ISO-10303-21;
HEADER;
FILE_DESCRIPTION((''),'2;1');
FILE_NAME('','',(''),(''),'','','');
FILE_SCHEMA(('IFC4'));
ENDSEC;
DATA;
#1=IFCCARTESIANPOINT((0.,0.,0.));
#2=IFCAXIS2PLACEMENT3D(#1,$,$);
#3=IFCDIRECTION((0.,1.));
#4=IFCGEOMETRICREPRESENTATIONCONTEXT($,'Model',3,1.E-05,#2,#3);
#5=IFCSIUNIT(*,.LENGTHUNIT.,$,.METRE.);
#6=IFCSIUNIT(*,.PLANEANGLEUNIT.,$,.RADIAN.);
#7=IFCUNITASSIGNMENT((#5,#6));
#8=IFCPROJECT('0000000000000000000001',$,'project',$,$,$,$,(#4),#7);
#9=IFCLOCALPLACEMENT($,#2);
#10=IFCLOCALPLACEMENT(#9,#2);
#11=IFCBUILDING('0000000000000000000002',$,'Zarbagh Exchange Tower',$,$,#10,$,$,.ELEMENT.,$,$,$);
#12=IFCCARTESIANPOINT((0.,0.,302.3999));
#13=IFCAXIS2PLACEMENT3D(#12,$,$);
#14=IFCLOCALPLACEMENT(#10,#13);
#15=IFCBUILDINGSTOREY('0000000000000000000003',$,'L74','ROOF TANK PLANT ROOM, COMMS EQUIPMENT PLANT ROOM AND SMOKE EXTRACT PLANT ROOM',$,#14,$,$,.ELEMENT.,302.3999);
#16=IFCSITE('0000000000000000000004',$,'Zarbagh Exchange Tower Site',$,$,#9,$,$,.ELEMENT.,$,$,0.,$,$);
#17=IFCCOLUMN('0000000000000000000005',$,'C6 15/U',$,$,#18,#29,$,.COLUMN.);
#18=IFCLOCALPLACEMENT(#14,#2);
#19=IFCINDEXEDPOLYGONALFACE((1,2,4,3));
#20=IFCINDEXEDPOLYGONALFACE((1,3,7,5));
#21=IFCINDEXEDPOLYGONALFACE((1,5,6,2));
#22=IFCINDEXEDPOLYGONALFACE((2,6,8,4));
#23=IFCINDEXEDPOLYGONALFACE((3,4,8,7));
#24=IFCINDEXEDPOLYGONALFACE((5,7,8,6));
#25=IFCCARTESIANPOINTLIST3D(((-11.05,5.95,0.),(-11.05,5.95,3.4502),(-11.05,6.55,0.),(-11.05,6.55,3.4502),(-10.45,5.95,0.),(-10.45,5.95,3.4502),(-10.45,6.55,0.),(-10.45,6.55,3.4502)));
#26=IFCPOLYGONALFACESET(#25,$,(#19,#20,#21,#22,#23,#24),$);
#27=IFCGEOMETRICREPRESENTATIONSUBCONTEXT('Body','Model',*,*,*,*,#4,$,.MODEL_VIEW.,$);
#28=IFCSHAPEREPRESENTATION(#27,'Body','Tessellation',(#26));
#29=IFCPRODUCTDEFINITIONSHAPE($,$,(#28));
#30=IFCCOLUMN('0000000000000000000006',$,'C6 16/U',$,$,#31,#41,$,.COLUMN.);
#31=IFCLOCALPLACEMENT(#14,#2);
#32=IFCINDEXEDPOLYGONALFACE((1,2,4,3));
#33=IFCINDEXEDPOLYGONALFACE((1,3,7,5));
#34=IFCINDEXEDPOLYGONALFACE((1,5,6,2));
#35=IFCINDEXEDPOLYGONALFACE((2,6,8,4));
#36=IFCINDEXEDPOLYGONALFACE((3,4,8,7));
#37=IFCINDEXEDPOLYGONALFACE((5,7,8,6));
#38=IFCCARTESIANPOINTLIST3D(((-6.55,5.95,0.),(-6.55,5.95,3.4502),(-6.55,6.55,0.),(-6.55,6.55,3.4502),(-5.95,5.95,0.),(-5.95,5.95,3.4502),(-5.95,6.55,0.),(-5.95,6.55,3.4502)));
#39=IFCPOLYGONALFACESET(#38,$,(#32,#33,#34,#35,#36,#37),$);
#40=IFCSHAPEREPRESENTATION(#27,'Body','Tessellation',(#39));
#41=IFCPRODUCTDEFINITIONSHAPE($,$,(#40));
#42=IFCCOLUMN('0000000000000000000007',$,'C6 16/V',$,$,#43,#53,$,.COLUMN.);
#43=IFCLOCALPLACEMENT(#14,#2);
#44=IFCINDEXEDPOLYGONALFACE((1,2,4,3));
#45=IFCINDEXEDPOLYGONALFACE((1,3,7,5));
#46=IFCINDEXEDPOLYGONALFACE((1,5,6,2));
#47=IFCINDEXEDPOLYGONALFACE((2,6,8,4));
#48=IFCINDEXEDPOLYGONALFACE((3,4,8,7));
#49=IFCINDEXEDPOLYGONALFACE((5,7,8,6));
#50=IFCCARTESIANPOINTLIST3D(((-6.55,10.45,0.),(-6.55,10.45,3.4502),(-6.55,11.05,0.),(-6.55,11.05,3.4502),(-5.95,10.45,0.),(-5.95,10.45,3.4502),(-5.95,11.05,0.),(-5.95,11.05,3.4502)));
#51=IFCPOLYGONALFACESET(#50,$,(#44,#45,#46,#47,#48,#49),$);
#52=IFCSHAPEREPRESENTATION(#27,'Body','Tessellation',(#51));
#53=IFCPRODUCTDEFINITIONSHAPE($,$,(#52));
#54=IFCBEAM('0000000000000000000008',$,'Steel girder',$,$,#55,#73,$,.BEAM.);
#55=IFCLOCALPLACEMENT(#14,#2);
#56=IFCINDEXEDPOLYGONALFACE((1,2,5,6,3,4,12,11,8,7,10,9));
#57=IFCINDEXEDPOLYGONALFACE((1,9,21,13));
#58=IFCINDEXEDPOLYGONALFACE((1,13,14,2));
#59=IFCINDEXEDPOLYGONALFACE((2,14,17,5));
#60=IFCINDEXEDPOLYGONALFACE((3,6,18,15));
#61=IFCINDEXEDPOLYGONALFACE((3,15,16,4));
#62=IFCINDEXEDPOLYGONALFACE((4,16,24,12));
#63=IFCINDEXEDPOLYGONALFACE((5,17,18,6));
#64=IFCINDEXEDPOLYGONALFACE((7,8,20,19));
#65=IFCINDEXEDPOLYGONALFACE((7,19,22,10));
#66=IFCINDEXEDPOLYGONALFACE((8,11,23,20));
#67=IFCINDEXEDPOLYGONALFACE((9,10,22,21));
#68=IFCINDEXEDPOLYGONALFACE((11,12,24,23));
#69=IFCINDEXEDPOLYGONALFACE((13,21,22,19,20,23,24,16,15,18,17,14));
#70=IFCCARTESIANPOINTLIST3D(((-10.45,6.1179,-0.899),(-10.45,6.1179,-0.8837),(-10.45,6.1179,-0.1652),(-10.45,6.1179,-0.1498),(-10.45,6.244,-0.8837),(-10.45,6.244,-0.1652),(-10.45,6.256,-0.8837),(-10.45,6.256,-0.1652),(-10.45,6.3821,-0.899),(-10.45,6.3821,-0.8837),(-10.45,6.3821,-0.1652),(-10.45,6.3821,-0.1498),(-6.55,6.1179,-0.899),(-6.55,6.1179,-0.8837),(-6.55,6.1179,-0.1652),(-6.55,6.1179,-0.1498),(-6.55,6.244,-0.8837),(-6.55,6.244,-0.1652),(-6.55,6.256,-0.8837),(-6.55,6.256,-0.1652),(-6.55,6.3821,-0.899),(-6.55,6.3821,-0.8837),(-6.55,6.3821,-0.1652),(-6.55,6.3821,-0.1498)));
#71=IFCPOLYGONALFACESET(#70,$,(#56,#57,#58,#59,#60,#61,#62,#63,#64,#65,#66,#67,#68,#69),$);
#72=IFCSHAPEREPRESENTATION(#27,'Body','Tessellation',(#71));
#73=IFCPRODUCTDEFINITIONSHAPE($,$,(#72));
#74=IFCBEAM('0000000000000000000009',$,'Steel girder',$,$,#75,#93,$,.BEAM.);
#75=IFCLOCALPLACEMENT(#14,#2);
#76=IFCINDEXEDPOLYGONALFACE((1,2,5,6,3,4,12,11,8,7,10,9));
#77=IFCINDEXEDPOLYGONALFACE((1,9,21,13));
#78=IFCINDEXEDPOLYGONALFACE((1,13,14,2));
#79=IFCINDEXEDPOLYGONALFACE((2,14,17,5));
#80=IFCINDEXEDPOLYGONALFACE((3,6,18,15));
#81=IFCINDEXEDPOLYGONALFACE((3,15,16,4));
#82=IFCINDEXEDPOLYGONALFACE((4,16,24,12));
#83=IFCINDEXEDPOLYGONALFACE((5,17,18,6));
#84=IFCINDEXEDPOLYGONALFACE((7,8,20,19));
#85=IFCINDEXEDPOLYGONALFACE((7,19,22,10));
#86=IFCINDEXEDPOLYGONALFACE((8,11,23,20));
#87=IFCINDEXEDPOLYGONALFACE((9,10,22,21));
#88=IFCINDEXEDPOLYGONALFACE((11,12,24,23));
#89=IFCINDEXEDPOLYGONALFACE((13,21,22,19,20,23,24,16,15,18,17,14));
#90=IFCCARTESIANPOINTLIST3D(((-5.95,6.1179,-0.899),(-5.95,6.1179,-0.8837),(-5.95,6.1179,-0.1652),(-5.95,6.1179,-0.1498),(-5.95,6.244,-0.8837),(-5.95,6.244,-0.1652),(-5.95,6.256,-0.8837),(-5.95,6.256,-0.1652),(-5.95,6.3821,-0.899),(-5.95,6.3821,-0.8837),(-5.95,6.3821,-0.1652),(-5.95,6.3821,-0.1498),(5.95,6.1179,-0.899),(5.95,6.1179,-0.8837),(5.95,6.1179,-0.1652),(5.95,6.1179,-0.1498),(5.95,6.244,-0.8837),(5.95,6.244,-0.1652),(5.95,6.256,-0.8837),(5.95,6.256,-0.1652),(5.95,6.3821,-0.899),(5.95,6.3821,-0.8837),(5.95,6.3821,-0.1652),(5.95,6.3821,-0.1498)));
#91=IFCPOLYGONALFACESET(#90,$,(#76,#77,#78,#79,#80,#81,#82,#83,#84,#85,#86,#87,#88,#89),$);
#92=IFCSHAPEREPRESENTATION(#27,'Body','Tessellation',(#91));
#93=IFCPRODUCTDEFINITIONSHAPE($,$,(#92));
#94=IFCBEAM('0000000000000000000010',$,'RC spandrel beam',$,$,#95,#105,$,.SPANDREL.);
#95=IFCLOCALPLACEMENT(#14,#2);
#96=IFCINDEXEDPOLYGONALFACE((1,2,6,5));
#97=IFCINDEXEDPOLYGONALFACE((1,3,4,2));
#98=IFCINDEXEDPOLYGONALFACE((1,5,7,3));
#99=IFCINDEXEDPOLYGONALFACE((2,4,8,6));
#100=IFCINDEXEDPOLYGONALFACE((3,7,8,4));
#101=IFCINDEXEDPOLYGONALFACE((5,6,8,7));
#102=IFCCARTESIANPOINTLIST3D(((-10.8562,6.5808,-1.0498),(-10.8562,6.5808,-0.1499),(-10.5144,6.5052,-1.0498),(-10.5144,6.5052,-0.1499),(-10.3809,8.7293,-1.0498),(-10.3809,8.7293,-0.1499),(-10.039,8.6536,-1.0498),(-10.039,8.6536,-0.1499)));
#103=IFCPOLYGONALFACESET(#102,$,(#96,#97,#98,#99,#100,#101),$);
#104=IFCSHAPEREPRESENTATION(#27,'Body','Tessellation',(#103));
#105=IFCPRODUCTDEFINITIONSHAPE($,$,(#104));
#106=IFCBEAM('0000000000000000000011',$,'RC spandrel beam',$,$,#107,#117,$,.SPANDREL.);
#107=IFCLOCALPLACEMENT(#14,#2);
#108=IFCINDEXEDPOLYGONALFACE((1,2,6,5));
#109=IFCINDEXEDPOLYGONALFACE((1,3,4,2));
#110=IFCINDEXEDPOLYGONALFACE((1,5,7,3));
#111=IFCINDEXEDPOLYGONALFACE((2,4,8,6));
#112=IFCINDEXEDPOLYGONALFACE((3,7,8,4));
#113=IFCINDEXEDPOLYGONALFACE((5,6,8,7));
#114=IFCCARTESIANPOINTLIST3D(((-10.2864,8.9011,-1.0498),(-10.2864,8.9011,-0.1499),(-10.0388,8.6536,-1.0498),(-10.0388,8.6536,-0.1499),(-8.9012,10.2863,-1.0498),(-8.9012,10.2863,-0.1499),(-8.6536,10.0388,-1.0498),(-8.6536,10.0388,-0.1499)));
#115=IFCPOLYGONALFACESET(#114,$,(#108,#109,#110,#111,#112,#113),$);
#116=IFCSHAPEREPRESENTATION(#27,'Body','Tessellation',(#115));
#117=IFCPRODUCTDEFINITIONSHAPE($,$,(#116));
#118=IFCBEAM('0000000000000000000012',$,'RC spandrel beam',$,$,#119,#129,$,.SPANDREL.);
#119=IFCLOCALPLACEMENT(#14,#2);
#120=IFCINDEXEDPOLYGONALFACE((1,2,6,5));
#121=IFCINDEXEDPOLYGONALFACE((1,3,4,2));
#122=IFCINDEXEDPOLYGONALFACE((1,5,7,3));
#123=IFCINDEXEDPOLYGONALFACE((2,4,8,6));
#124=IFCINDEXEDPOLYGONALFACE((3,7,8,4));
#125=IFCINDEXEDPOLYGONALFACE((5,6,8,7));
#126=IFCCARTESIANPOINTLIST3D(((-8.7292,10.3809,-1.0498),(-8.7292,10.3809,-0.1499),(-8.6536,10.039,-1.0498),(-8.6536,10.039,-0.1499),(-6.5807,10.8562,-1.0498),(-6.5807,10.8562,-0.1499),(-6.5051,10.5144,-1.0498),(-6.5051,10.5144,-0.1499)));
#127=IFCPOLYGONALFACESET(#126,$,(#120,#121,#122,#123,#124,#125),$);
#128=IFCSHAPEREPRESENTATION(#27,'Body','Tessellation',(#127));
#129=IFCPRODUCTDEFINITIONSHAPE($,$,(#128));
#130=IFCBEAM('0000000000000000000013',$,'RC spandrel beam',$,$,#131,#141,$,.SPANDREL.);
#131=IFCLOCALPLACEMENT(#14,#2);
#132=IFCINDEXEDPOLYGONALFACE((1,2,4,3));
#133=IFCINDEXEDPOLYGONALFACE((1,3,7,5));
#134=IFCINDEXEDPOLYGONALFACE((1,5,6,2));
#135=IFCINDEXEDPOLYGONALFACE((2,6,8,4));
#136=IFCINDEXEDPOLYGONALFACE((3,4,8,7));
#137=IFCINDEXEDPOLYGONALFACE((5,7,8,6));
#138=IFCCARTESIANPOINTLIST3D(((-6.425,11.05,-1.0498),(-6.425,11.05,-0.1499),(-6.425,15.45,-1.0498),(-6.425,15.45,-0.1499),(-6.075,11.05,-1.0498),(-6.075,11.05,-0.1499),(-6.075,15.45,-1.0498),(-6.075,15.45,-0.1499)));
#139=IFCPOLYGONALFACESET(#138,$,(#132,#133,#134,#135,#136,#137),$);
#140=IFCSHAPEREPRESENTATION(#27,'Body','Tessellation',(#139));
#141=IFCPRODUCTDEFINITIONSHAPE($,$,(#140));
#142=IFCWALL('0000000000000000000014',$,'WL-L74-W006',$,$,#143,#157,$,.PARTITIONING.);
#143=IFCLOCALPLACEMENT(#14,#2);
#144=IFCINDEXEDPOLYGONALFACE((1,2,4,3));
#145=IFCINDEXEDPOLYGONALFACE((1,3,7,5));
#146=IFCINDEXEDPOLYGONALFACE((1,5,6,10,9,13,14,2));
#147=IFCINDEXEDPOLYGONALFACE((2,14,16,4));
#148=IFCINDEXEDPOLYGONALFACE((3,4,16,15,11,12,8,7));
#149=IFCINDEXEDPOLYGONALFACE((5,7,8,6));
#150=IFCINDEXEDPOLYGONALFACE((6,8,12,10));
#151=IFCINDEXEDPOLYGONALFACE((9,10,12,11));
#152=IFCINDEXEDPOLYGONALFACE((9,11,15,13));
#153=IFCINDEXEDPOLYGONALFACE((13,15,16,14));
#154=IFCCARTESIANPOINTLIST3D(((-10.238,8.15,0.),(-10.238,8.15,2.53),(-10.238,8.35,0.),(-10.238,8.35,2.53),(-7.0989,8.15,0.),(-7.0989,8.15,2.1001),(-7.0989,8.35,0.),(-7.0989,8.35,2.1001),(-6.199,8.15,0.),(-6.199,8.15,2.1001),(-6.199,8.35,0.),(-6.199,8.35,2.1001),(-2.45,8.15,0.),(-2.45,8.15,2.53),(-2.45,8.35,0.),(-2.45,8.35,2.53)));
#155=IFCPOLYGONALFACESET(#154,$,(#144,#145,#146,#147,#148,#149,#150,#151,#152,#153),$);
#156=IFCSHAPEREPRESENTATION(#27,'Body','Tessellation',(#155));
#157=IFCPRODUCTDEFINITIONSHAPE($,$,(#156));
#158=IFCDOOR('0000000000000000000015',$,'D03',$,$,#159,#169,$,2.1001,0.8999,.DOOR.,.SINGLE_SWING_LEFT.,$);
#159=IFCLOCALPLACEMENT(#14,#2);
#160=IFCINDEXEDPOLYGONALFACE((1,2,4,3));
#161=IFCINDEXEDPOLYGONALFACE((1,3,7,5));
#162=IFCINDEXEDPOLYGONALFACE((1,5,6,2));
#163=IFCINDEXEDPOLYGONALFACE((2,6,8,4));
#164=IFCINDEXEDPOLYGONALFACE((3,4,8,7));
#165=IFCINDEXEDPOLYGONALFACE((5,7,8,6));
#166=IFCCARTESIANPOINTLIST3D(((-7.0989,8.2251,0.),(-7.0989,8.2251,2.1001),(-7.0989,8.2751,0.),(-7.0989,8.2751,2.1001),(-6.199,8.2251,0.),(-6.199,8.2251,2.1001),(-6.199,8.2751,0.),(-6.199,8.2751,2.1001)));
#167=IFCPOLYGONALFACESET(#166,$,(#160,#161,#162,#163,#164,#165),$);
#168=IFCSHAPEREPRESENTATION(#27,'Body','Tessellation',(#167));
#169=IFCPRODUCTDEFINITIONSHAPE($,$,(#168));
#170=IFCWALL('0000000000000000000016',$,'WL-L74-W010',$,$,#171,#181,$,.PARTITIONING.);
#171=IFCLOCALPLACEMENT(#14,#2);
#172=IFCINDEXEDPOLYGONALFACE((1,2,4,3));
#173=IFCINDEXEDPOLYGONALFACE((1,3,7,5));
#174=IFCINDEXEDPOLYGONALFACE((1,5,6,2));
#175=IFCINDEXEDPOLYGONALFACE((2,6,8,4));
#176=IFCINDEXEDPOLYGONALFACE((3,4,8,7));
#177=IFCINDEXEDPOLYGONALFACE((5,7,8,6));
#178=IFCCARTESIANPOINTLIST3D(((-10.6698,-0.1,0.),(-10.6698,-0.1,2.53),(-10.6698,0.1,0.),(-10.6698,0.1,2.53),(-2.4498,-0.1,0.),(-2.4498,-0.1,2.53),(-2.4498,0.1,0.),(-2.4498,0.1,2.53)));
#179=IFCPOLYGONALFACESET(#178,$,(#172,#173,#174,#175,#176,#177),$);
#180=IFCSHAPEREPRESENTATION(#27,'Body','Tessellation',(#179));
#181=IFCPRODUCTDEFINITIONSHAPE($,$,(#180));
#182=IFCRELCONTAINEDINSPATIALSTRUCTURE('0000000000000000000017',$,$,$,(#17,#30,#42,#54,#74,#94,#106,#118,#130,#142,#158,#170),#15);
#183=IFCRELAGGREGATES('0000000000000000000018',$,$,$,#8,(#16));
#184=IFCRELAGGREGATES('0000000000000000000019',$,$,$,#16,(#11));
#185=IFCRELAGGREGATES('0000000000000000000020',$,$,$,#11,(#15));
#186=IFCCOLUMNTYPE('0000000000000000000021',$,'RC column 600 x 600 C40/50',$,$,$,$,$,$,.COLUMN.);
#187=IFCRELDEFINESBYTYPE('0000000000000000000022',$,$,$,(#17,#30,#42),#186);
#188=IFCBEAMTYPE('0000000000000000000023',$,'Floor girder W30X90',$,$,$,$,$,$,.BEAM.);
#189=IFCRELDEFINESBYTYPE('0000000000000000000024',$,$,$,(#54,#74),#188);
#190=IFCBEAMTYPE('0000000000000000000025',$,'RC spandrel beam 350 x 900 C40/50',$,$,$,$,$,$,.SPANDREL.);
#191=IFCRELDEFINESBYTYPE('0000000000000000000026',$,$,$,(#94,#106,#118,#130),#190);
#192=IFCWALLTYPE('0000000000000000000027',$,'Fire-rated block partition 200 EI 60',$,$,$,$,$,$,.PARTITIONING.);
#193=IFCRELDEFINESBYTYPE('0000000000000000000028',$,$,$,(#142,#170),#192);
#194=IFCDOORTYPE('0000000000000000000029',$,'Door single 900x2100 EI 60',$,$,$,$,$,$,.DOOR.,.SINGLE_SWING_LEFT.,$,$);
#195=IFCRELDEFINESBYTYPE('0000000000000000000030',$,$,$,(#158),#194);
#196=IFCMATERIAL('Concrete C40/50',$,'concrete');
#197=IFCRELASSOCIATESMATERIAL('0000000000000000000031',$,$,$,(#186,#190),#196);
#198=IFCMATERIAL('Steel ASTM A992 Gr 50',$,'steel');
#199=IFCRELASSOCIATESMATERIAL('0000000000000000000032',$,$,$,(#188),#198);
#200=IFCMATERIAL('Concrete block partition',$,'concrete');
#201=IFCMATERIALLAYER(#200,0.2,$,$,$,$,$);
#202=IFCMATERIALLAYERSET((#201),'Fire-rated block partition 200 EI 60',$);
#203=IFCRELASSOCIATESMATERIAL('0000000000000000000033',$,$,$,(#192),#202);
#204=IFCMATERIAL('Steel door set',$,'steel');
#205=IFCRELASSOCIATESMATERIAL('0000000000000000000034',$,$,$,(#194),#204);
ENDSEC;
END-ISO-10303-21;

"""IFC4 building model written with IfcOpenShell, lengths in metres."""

from ifc_helpers import new_model, si_unit, direction, frame, frame_2d, origin, origin_2d, place, context, subcontext, project, spatial, rectangle, i_section, extrude, material, layer, layer_set, material_profile, profile_set, type_object, element, fill, save


model = new_model("IFC4")

# Units and contexts
model_context = context("Model", 3, precision=1e-05, world=origin(), true_north=direction((0.0, 1.0)))
body_context = subcontext(model_context, "Body", "Model", "MODEL_VIEW")
ifc_project = project(units=[si_unit("LENGTHUNIT", "METRE"), si_unit("PLANEANGLEUNIT", "RADIAN")], contexts=[model_context])

# Site, building, storey
site_placement = place(None, origin())
site = spatial("IfcSite", under=ifc_project, at=site_placement, Name="Zarbagh Exchange Tower Site", CompositionType="ELEMENT", RefElevation=0.0)
building_placement = place(site_placement, origin())
building = spatial("IfcBuilding", under=site, at=building_placement, Name="Zarbagh Exchange Tower", CompositionType="ELEMENT")
storey_placement = place(building_placement, frame((0.0, 0.0, 302.3999)))
storey = spatial("IfcBuildingStorey", under=building, at=storey_placement, Name="L74", Description="ROOF TANK PLANT ROOM, COMMS EQUIPMENT PLANT ROOM AND SMOKE EXTRACT PLANT ROOM", CompositionType="ELEMENT", Elevation=302.3999)

# Columns
ifc_material_1 = material(Name="Concrete C40/50", Category="concrete")
ifc_material_profile_1 = material_profile(ifc_material_1, rectangle(XDim=0.6001, YDim=0.6001, at=origin_2d()), Name="RC column 600 x 600 C40/50")
ifc_profile_set_1 = profile_set([ifc_material_profile_1], Name="Concrete C40/50")
column_type = type_object("IfcColumnType", Name="RC column 600 x 600 C40/50", PredefinedType="COLUMN", material=ifc_profile_set_1)
for number, where, z_axis, x_axis, name in (
    (1, (-10.75, 6.25, 0.0), (0.0, 0.0, 1.0), (1.0, 0.0, 0.0), "C6 15/U"),
    (2, (-6.25, 6.25, 0.0), (0.0, 0.0, 1.0), (1.0, 0.0, 0.0), "C6 16/U"),
    (3, (-6.25, 10.75, 0.0), (0.0, 0.0, 1.0), (1.0, 0.0, 0.0), "C6 16/V"),
):
    element("IfcColumn", number, at=place(storey_placement, frame(where, z_axis=z_axis, x_axis=x_axis)), inside=storey, type_object=column_type, Name=name, PredefinedType="COLUMN", context=body_context, shape_type="SweptSolid", body=[
        extrude(rectangle(XDim=0.6001, YDim=0.6001, at=origin_2d()), origin(), (0.0, 0.0, 1.0), 3.4502),
    ])

# Beams
ifc_material_2 = material(Name="Steel ASTM A992 Gr 50", Category="steel")
ifc_material_profile_2 = material_profile(ifc_material_2, i_section(OverallWidth=0.2642, OverallDepth=0.7493, WebThickness=0.012, FlangeThickness=0.0154, at=origin_2d()), Name="W30X90")
ifc_profile_set_2 = profile_set([ifc_material_profile_2], Name="Steel ASTM A992 Gr 50")
beam_type_1 = type_object("IfcBeamType", Name="Floor girder W30X90", PredefinedType="BEAM", material=ifc_profile_set_2)
beam_1_placement = place(storey_placement, frame((-10.45, 6.25, -0.5244), z_axis=(1.0, 0.0, 0.0), x_axis=(0.0, 1.0, 0.0)))
element("IfcBeam", 4, at=beam_1_placement, inside=storey, type_object=beam_type_1, Name="Steel girder", PredefinedType="BEAM", context=body_context, shape_type="SweptSolid", body=[
    extrude(i_section(OverallWidth=0.2642, OverallDepth=0.7493, WebThickness=0.012, FlangeThickness=0.0154, at=origin_2d()), origin(), (0.0, 0.0, 1.0), 3.8999),
])
beam_2_placement = place(storey_placement, frame((-5.95, 6.25, -0.5244), z_axis=(1.0, 0.0, 0.0), x_axis=(0.0, 1.0, 0.0)))
element("IfcBeam", 5, at=beam_2_placement, inside=storey, type_object=beam_type_1, Name="Steel girder", PredefinedType="BEAM", context=body_context, shape_type="SweptSolid", body=[
    extrude(i_section(OverallWidth=0.2642, OverallDepth=0.7493, WebThickness=0.012, FlangeThickness=0.0154, at=origin_2d()), origin(), (0.0, 0.0, 1.0), 11.8999),
])
ifc_material_profile_3 = material_profile(ifc_material_1, rectangle(XDim=0.3501, YDim=0.8999, at=origin_2d()), Name="RC spandrel beam 350 x 900 C40/50")
ifc_profile_set_3 = profile_set([ifc_material_profile_3], Name="Concrete C40/50")
beam_type_2 = type_object("IfcBeamType", Name="RC spandrel beam 350 x 900 C40/50", PredefinedType="SPANDREL", material=ifc_profile_set_3)
beam_3_placement = place(storey_placement, frame((-10.6853, 6.543, -0.5999), z_axis=(0.216026, 0.976388, 0.0), x_axis=(-0.976388, 0.216026, 0.0)))
element("IfcBeam", 6, at=beam_3_placement, inside=storey, type_object=beam_type_2, Name="RC spandrel beam", PredefinedType="SPANDREL", context=body_context, shape_type="SweptSolid", body=[
    extrude(rectangle(XDim=0.3501, YDim=0.8999, at=origin_2d()), origin(), (0.0, 0.0, 1.0), 2.2004),
])
beam_4_placement = place(storey_placement, frame((-10.1626, 8.7773, -0.5999), z_axis=(0.707107, 0.707107, 0.0), x_axis=(-0.707107, 0.707107, 0.0)))
element("IfcBeam", 7, at=beam_4_placement, inside=storey, type_object=beam_type_2, Name="RC spandrel beam", PredefinedType="SPANDREL", context=body_context, shape_type="SweptSolid", body=[
    extrude(rectangle(XDim=0.3501, YDim=0.8999, at=origin_2d()), origin(), (0.0, 0.0, 1.0), 1.959),
])
beam_5_placement = place(storey_placement, frame((-8.6914, 10.21, -0.5999), z_axis=(0.976388, 0.216026, 0.0), x_axis=(-0.216026, 0.976388, 0.0)))
element("IfcBeam", 8, at=beam_5_placement, inside=storey, type_object=beam_type_2, Name="RC spandrel beam", PredefinedType="SPANDREL", context=body_context, shape_type="SweptSolid", body=[
    extrude(rectangle(XDim=0.3501, YDim=0.8999, at=origin_2d()), origin(), (0.0, 0.0, 1.0), 2.2004),
])
beam_6_placement = place(storey_placement, frame((-6.25, 11.05, -0.5999), z_axis=(0.0, 1.0, 0.0), x_axis=(-1.0, 0.0, 0.0)))
element("IfcBeam", 9, at=beam_6_placement, inside=storey, type_object=beam_type_2, Name="RC spandrel beam", PredefinedType="SPANDREL", context=body_context, shape_type="SweptSolid", body=[
    extrude(rectangle(XDim=0.3501, YDim=0.8999, at=origin_2d()), origin(), (0.0, 0.0, 1.0), 4.3999),
])

# Wall, opening, door
ifc_material_3 = material(Name="Concrete block partition", Category="concrete")
ifc_layer_1 = layer(ifc_material_3, 0.2)
ifc_layer_set_1 = layer_set([ifc_layer_1], Name="Fire-rated block partition 200 EI 60")
wall_type_1 = type_object("IfcWallType", Name="Fire-rated block partition 200 EI 60", PredefinedType="PARTITIONING", material=ifc_layer_set_1)
wall_1_placement = place(storey_placement, frame((-2.45, 8.25, 0.0), z_axis=(0.0, 0.0, 1.0), x_axis=(-1.0, 0.0, 0.0)))
wall_1 = element("IfcWall", 10, at=wall_1_placement, inside=storey, type_object=wall_type_1, Name="WL-L74-W006", PredefinedType="PARTITIONING", context=body_context, shape_type="SweptSolid", body=[
    extrude(rectangle(XDim=7.7881, YDim=0.2, at=frame_2d((3.894, 0.0))), origin(), (0.0, 0.0, 1.0), 2.53),
])
opening_1_placement = place(wall_1_placement, frame((3.749, 0.0, 0.0)))
opening_1 = element("IfcOpeningElement", 11, at=opening_1_placement, cuts=wall_1, PredefinedType="OPENING", context=body_context, shape_type="SweptSolid", body=[
    extrude(rectangle(XDim=0.8999, YDim=2.1001, at=frame_2d((0.45, 1.05))), frame((0.0, 0.1099, 0.0), z_axis=(0.0, -1.0, 0.0), x_axis=(1.0, 0.0, 0.0)), (0.0, 0.0, 1.0), 0.22),
])
ifc_material_4 = material(Name="Steel door set", Category="steel")
door_type_1 = type_object("IfcDoorType", Name="Door single 900x2100 EI 60", OperationType="SINGLE_SWING_LEFT", PredefinedType="DOOR", material=ifc_material_4)
door_1_placement = place(opening_1_placement, origin())
door_1 = element("IfcDoor", 12, at=door_1_placement, inside=storey, type_object=door_type_1, Name="D03", OperationType="SINGLE_SWING_LEFT", OverallHeight=2.1001, OverallWidth=0.8999, PredefinedType="DOOR", context=body_context, shape_type="SweptSolid", body=[
    extrude(rectangle(XDim=0.8999, YDim=2.1001, at=frame_2d((0.45, 1.05))), frame((0.0, 0.0249, 0.0), z_axis=(0.0, -1.0, 0.0), x_axis=(1.0, 0.0, 0.0)), (0.0, 0.0, 1.0), 0.05),
])
fill(opening_1, door_1)

# Wall
wall_2_placement = place(storey_placement, frame((-2.45, 0.0, 0.0), z_axis=(0.0, 0.0, 1.0), x_axis=(-1.0, 0.0, 0.0)))
element("IfcWall", 13, at=wall_2_placement, inside=storey, type_object=wall_type_1, Name="WL-L74-W010", PredefinedType="PARTITIONING", context=body_context, shape_type="SweptSolid", body=[
    extrude(rectangle(XDim=8.22, YDim=0.2, at=frame_2d((4.1099, 0.0))), origin(), (0.0, 0.0, 1.0), 2.53),
])

save(model, "model.ifc")
